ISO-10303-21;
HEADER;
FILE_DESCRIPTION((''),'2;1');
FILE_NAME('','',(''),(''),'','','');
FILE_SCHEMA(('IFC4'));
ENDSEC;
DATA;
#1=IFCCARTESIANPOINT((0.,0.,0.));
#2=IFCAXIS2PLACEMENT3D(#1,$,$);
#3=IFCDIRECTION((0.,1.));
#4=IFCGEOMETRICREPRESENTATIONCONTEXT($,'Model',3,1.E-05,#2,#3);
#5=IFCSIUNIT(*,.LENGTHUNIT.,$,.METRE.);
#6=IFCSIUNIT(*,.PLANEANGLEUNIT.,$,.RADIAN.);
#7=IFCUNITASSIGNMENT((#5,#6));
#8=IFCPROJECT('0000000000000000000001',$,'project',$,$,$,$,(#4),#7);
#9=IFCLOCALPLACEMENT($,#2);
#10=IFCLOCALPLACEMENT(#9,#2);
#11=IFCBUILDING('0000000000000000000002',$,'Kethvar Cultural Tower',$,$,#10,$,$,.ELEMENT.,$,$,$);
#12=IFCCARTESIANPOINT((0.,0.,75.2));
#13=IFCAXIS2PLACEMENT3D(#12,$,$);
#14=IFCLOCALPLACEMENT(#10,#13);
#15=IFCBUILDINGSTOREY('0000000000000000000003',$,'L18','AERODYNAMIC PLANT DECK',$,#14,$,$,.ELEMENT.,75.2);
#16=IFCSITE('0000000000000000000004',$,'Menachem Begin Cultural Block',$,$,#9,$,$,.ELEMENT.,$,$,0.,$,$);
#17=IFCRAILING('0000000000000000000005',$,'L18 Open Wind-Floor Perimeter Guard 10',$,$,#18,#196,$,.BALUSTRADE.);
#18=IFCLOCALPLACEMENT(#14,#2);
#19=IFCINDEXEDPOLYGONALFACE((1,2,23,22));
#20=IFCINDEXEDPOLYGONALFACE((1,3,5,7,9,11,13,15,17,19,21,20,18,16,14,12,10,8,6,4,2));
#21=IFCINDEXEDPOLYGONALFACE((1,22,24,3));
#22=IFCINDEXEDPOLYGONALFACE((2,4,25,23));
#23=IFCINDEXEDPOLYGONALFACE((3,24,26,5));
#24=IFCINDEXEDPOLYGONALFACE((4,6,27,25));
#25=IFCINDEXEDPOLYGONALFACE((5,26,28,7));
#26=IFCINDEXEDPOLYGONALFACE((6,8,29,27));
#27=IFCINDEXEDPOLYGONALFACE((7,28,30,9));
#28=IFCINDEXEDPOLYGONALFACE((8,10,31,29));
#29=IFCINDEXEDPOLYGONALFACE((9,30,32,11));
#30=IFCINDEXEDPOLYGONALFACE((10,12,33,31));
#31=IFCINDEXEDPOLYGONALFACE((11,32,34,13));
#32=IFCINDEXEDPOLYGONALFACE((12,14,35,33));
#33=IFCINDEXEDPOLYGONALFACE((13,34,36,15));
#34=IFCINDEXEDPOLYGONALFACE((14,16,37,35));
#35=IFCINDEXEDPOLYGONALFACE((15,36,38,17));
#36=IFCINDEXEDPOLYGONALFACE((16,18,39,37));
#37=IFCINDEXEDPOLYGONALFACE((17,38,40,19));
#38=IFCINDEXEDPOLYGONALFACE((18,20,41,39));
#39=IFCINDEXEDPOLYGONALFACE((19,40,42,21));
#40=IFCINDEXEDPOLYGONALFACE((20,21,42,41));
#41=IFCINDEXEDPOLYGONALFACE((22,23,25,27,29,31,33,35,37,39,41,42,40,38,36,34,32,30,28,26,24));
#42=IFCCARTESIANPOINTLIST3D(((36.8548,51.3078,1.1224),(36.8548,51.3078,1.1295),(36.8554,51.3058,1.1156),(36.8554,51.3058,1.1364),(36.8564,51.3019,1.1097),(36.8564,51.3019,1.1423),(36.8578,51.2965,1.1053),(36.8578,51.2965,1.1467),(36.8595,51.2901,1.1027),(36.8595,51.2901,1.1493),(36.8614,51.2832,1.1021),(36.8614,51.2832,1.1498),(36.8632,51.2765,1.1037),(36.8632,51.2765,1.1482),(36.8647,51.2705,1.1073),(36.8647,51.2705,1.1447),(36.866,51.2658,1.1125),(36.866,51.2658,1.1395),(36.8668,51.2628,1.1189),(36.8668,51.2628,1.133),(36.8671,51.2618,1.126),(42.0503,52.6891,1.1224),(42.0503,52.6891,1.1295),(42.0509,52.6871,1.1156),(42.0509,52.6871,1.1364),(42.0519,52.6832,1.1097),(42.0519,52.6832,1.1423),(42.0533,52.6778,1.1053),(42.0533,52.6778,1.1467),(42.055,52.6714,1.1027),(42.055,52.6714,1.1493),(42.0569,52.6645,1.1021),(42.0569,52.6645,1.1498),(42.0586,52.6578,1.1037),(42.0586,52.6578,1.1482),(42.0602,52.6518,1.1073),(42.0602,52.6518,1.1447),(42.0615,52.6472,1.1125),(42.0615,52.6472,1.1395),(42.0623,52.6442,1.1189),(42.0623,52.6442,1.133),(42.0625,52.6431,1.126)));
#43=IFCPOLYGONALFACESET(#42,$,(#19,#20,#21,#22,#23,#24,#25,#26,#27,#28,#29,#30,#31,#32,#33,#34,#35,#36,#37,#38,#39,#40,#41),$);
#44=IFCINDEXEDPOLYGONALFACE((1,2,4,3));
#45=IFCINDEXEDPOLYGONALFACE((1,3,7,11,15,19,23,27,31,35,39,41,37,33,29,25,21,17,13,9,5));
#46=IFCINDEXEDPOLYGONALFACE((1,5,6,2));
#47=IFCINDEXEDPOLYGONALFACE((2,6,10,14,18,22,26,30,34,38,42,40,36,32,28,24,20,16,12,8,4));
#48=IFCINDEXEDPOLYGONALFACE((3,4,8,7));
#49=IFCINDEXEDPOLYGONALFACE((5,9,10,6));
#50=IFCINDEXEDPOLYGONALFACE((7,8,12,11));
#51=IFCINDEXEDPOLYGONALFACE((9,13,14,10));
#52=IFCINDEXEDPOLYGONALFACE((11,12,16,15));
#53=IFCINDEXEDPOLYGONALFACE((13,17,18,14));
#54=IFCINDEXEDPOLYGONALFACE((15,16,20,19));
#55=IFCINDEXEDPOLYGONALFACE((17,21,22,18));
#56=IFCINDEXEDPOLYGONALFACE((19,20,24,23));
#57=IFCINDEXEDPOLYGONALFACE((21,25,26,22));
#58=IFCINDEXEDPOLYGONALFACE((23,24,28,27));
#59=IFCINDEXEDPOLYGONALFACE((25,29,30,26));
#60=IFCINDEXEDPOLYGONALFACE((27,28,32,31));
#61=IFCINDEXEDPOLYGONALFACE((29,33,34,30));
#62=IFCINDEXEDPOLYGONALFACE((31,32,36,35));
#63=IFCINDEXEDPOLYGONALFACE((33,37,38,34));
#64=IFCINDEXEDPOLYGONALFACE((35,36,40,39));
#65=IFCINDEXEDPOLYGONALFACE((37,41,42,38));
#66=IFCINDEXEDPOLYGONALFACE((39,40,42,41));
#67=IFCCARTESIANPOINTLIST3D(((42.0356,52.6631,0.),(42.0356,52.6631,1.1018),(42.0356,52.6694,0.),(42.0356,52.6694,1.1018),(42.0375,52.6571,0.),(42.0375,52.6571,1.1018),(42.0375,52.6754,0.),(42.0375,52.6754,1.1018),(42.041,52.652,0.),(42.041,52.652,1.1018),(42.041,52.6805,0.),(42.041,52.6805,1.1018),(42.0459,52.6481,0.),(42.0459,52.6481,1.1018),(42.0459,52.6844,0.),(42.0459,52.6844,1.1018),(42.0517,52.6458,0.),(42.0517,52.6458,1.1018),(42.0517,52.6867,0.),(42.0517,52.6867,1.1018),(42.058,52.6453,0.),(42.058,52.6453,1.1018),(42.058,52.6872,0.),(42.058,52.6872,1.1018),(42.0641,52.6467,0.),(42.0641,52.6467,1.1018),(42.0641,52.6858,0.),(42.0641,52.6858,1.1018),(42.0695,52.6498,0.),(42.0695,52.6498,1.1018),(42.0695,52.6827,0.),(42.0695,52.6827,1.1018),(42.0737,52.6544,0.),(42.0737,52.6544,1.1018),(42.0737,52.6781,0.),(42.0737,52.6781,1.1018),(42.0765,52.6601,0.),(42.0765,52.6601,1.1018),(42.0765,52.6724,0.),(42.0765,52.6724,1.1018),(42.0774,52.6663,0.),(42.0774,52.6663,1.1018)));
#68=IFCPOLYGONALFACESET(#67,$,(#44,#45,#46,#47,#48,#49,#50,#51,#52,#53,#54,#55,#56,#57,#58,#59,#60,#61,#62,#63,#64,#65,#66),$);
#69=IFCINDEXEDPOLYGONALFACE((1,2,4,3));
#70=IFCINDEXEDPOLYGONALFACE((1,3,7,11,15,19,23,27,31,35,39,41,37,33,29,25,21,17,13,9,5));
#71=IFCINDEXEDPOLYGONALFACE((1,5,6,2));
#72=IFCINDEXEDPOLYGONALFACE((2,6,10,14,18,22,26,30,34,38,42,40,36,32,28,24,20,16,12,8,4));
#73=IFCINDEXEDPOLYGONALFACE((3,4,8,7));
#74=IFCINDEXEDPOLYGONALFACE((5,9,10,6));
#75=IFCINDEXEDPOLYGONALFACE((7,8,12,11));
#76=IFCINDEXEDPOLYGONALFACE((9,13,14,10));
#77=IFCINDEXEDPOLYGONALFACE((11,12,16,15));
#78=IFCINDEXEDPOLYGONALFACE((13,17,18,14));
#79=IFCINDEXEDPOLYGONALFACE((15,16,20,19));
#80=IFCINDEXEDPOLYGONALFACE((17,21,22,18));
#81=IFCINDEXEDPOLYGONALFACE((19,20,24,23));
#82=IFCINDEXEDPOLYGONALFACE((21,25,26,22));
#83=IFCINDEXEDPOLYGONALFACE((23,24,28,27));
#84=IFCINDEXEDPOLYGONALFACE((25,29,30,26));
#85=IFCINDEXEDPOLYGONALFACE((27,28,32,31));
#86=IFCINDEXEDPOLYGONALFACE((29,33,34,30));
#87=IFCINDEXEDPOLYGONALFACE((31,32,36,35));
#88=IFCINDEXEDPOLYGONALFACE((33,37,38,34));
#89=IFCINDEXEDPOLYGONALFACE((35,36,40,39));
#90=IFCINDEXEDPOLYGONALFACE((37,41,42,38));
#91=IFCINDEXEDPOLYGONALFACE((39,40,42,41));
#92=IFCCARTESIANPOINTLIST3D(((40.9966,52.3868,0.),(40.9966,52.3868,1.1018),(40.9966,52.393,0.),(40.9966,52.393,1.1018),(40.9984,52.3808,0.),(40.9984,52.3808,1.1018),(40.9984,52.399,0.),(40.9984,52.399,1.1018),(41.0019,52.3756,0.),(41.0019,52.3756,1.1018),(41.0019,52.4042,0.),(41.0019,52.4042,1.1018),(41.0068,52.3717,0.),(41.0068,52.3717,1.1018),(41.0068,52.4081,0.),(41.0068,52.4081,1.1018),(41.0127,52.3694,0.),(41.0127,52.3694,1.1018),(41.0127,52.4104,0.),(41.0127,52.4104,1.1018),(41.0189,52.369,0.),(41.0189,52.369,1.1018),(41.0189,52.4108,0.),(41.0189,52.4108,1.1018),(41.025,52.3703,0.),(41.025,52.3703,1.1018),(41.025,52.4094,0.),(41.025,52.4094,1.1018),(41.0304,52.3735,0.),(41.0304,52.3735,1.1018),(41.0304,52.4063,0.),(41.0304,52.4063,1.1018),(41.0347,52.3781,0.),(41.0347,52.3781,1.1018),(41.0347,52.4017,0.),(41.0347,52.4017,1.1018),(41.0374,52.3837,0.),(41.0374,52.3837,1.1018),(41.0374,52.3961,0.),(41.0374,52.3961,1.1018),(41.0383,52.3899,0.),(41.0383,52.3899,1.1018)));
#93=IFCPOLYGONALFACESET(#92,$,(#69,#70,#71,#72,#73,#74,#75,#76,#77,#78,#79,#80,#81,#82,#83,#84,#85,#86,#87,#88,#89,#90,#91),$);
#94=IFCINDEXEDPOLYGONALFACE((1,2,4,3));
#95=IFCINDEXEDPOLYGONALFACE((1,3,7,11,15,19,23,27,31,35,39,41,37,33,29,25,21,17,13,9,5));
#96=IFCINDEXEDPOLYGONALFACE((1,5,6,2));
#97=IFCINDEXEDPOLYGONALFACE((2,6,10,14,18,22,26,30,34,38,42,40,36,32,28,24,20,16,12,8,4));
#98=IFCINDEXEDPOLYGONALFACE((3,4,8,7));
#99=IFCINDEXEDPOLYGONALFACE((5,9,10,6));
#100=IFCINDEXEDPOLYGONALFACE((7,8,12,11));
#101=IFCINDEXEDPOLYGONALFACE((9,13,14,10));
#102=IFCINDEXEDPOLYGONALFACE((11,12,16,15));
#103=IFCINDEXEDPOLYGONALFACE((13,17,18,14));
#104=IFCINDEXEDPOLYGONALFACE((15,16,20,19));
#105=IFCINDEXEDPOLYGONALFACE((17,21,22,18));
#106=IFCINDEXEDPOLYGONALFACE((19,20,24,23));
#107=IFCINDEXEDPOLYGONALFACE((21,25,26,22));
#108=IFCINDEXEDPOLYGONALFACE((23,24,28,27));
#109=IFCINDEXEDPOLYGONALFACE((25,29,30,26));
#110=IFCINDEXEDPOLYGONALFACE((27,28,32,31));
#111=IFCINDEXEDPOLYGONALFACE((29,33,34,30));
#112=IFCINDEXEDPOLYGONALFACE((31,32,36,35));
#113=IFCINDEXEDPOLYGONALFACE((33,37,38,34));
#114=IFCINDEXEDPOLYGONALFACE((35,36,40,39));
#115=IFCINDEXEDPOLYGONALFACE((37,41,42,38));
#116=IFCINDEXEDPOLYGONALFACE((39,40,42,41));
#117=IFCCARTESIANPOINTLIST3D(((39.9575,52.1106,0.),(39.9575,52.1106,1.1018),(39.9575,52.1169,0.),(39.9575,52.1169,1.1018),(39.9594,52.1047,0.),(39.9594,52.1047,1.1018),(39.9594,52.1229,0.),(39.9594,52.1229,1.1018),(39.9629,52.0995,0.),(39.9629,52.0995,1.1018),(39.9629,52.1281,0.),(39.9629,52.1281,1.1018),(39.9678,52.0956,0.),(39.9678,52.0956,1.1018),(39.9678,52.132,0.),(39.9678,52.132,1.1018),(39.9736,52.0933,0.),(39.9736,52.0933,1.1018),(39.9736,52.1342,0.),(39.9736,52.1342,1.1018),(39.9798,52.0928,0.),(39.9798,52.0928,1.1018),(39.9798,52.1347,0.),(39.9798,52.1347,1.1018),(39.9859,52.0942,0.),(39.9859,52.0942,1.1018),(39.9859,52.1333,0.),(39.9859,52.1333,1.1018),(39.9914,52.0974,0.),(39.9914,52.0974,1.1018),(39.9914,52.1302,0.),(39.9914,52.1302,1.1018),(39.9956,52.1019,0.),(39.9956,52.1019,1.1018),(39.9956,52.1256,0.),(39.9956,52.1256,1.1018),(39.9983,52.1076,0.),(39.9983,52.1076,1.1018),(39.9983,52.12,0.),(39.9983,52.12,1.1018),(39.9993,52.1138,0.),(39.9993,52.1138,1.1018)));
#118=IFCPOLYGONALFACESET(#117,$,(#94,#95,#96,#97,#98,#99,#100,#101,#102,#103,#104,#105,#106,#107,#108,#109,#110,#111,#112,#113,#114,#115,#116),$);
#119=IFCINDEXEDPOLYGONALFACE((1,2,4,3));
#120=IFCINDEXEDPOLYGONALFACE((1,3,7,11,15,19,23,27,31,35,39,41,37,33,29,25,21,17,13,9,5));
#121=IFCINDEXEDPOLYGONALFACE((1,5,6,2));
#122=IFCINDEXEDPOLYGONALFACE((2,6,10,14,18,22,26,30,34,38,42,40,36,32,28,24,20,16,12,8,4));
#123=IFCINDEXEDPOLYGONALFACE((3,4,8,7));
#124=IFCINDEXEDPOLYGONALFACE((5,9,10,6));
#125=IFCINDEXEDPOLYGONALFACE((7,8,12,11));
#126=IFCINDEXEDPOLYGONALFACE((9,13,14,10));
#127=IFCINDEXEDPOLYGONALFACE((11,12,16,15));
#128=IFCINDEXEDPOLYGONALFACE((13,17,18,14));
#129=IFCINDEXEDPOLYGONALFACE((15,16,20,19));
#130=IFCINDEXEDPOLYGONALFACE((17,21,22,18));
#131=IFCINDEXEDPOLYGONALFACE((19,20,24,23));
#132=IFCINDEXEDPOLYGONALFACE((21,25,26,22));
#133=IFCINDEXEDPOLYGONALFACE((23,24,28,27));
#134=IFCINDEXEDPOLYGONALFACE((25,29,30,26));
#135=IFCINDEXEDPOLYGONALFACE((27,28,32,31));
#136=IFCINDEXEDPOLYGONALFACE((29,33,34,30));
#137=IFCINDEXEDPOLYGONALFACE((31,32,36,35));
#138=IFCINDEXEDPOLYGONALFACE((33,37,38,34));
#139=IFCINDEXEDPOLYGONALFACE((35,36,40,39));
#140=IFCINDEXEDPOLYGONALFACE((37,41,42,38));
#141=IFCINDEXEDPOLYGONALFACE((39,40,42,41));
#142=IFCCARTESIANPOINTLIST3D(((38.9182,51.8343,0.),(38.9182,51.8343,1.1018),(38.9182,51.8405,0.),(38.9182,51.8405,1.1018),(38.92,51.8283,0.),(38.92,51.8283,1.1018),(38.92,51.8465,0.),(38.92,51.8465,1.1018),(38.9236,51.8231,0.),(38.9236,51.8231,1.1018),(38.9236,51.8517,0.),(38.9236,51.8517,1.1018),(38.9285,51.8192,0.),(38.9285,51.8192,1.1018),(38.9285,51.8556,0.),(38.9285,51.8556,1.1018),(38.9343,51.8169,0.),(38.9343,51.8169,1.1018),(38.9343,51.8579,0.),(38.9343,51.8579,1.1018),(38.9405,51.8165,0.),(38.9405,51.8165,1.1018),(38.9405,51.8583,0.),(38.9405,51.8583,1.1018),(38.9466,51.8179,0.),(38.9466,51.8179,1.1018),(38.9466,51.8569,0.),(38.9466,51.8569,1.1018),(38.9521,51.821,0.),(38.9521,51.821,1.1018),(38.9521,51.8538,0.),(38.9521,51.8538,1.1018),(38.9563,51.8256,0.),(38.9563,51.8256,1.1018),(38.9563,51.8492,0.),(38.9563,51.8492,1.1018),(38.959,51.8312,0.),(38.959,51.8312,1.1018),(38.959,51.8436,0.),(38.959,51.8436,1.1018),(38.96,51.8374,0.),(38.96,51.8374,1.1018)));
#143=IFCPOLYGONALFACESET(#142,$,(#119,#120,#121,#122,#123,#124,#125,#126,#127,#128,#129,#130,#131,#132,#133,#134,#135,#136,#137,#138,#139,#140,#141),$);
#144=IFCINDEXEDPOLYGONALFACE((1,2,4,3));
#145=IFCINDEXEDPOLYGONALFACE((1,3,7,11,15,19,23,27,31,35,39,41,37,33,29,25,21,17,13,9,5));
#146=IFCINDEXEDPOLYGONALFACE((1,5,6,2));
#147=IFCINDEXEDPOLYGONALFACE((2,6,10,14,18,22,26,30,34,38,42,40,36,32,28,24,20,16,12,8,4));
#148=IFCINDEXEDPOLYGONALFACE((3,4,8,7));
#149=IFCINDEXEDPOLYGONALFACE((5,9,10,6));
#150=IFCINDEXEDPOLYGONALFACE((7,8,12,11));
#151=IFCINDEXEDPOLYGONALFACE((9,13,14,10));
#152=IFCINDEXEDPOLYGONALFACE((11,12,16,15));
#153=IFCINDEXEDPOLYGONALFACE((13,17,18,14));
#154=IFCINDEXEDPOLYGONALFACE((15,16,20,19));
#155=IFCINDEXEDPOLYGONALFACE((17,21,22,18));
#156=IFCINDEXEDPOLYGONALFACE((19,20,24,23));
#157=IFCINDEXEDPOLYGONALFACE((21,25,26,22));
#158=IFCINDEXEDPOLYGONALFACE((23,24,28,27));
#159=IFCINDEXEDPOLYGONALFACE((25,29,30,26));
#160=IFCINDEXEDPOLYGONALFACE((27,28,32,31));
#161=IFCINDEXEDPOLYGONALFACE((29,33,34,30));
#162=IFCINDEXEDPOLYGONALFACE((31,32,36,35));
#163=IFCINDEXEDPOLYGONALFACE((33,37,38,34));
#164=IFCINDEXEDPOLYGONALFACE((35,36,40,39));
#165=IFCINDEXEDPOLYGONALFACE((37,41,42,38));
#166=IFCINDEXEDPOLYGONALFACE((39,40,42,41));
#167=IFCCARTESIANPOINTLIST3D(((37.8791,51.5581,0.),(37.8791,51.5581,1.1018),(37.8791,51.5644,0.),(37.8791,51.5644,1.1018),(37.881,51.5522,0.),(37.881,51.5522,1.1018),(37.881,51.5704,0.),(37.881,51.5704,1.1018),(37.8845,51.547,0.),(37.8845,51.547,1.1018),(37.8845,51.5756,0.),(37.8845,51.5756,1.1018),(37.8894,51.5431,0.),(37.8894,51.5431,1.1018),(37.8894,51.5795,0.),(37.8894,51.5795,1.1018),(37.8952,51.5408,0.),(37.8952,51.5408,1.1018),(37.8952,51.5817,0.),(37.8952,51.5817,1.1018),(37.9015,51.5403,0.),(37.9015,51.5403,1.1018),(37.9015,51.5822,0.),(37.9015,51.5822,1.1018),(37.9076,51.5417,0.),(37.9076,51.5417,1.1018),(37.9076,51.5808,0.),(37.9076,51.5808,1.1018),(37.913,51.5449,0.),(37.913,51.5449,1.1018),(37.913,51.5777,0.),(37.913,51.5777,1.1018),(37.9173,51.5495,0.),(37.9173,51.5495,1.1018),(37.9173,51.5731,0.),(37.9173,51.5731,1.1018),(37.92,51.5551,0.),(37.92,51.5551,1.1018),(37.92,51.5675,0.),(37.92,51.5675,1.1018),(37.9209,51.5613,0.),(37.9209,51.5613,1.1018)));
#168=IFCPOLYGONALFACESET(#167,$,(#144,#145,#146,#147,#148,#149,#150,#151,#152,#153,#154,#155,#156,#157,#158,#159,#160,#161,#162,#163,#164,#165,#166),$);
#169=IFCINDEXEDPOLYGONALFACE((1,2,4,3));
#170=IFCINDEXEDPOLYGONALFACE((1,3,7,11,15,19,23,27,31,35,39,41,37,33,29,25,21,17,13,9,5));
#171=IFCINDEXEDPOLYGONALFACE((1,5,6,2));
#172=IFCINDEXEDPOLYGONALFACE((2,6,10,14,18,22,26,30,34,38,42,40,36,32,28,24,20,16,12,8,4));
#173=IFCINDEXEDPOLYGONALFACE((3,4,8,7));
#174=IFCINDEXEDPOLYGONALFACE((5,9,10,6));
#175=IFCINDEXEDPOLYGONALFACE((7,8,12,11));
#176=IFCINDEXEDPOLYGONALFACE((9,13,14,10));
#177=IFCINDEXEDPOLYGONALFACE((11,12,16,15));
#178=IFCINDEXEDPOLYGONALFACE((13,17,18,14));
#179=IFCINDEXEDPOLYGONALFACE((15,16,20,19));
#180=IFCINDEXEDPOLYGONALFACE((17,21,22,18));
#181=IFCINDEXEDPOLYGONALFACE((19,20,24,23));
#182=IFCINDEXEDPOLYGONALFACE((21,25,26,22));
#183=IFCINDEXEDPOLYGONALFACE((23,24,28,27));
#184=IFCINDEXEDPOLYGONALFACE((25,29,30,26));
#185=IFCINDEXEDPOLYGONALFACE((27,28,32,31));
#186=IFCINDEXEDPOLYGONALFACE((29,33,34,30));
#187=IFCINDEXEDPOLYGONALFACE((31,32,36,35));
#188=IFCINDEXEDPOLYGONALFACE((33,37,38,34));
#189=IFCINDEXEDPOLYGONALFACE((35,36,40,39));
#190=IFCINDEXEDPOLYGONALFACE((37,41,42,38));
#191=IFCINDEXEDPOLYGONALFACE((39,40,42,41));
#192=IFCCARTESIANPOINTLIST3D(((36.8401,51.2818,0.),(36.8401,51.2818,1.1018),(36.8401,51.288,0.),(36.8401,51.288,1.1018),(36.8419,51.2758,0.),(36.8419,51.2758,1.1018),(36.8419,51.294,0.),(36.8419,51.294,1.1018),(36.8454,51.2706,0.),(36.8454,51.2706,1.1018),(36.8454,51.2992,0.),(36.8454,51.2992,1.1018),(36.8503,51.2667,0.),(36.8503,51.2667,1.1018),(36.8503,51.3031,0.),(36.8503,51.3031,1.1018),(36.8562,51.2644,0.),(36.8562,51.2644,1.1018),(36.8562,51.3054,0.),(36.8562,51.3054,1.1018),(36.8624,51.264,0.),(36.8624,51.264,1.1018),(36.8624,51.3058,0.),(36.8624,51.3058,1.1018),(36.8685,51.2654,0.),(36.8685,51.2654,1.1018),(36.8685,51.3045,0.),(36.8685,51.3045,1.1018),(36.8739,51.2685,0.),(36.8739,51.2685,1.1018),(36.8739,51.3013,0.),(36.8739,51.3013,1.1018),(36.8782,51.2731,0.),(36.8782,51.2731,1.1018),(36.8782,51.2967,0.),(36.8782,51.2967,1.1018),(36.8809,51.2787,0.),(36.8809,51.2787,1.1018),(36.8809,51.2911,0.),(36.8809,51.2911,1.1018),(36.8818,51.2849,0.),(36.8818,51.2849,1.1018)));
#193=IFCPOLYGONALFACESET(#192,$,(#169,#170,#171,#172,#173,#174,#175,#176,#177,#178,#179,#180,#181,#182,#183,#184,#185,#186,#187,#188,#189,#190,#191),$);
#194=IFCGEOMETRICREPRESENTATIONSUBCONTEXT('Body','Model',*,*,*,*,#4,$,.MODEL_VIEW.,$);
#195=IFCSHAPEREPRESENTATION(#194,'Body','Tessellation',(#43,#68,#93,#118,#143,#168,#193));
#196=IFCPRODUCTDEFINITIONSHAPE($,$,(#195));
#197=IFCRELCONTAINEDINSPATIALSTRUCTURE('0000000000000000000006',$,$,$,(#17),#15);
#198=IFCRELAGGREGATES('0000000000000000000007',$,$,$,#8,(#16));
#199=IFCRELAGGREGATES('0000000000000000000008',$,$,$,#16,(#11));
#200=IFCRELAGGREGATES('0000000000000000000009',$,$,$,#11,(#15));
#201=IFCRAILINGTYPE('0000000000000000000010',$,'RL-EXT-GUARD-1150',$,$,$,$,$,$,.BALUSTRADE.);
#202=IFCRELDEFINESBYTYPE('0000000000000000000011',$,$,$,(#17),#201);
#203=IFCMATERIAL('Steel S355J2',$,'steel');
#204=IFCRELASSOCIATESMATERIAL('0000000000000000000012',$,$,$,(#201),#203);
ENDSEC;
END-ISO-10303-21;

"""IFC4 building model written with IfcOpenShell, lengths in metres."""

from ifc_helpers import new_model, si_unit, direction, frame, origin, origin_2d, place, context, subcontext, project, spatial, circle, extrude, material, type_object, element, save


model = new_model("IFC4")

# Units and contexts
model_context = context("Model", 3, precision=1e-05, world=origin(), true_north=direction((0.0, 1.0)))
body_context = subcontext(model_context, "Body", "Model", "MODEL_VIEW")
ifc_project = project(units=[si_unit("LENGTHUNIT", "METRE"), si_unit("PLANEANGLEUNIT", "RADIAN")], contexts=[model_context])

# Site, building, storey
site_placement = place(None, origin())
site = spatial("IfcSite", under=ifc_project, at=site_placement, Name="Menachem Begin Cultural Block", CompositionType="ELEMENT", RefElevation=0.0)
building_placement = place(site_placement, origin())
building = spatial("IfcBuilding", under=site, at=building_placement, Name="Kethvar Cultural Tower", CompositionType="ELEMENT")
storey_placement = place(building_placement, frame((0.0, 0.0, 75.2)))
storey = spatial("IfcBuildingStorey", under=building, at=storey_placement, Name="L18", Description="AERODYNAMIC PLANT DECK", CompositionType="ELEMENT", Elevation=75.2)

# Shared definitions
ifc_material_1 = material(Name="Steel S355J2", Category="steel")

# Railing
railing_type = type_object("IfcRailingType", Name="RL-EXT-GUARD-1150", PredefinedType="BALUSTRADE", material=ifc_material_1)
railing_placement = place(storey_placement, frame((42.0564, 52.6663, 0.0)))
element("IfcRailing", 1, at=railing_placement, inside=storey, type_object=railing_type, Name="L18 Open Wind-Floor Perimeter Guard 10", PredefinedType="BALUSTRADE", context=body_context, shape_type="SweptSolid", body=[
    extrude(circle(Radius=0.0239, at=origin_2d()), frame((0.0, 0.0, 1.126), z_axis=(-0.966426, -0.256945, 0.0), x_axis=(0.256945, -0.966426, 0.0)), (0.0, 0.0, 1.0), 5.376),
    extrude(circle(Radius=0.021, at=origin_2d()), origin(), (0.0, 0.0, 1.0), 1.1018),
    extrude(circle(Radius=0.021, at=origin_2d()), frame((-1.0391, -0.2764, 0.0)), (0.0, 0.0, 1.0), 1.1018),
    extrude(circle(Radius=0.021, at=origin_2d()), frame((-2.0781, -0.5525, 0.0)), (0.0, 0.0, 1.0), 1.1018),
    extrude(circle(Radius=0.021, at=origin_2d()), frame((-3.1174, -0.8289, 0.0)), (0.0, 0.0, 1.0), 1.1018),
    extrude(circle(Radius=0.021, at=origin_2d()), frame((-4.1565, -1.105, 0.0)), (0.0, 0.0, 1.0), 1.1018),
    extrude(circle(Radius=0.021, at=origin_2d()), frame((-5.1956, -1.3813, 0.0)), (0.0, 0.0, 1.0), 1.1018),
])

save(model, "model.ifc")
